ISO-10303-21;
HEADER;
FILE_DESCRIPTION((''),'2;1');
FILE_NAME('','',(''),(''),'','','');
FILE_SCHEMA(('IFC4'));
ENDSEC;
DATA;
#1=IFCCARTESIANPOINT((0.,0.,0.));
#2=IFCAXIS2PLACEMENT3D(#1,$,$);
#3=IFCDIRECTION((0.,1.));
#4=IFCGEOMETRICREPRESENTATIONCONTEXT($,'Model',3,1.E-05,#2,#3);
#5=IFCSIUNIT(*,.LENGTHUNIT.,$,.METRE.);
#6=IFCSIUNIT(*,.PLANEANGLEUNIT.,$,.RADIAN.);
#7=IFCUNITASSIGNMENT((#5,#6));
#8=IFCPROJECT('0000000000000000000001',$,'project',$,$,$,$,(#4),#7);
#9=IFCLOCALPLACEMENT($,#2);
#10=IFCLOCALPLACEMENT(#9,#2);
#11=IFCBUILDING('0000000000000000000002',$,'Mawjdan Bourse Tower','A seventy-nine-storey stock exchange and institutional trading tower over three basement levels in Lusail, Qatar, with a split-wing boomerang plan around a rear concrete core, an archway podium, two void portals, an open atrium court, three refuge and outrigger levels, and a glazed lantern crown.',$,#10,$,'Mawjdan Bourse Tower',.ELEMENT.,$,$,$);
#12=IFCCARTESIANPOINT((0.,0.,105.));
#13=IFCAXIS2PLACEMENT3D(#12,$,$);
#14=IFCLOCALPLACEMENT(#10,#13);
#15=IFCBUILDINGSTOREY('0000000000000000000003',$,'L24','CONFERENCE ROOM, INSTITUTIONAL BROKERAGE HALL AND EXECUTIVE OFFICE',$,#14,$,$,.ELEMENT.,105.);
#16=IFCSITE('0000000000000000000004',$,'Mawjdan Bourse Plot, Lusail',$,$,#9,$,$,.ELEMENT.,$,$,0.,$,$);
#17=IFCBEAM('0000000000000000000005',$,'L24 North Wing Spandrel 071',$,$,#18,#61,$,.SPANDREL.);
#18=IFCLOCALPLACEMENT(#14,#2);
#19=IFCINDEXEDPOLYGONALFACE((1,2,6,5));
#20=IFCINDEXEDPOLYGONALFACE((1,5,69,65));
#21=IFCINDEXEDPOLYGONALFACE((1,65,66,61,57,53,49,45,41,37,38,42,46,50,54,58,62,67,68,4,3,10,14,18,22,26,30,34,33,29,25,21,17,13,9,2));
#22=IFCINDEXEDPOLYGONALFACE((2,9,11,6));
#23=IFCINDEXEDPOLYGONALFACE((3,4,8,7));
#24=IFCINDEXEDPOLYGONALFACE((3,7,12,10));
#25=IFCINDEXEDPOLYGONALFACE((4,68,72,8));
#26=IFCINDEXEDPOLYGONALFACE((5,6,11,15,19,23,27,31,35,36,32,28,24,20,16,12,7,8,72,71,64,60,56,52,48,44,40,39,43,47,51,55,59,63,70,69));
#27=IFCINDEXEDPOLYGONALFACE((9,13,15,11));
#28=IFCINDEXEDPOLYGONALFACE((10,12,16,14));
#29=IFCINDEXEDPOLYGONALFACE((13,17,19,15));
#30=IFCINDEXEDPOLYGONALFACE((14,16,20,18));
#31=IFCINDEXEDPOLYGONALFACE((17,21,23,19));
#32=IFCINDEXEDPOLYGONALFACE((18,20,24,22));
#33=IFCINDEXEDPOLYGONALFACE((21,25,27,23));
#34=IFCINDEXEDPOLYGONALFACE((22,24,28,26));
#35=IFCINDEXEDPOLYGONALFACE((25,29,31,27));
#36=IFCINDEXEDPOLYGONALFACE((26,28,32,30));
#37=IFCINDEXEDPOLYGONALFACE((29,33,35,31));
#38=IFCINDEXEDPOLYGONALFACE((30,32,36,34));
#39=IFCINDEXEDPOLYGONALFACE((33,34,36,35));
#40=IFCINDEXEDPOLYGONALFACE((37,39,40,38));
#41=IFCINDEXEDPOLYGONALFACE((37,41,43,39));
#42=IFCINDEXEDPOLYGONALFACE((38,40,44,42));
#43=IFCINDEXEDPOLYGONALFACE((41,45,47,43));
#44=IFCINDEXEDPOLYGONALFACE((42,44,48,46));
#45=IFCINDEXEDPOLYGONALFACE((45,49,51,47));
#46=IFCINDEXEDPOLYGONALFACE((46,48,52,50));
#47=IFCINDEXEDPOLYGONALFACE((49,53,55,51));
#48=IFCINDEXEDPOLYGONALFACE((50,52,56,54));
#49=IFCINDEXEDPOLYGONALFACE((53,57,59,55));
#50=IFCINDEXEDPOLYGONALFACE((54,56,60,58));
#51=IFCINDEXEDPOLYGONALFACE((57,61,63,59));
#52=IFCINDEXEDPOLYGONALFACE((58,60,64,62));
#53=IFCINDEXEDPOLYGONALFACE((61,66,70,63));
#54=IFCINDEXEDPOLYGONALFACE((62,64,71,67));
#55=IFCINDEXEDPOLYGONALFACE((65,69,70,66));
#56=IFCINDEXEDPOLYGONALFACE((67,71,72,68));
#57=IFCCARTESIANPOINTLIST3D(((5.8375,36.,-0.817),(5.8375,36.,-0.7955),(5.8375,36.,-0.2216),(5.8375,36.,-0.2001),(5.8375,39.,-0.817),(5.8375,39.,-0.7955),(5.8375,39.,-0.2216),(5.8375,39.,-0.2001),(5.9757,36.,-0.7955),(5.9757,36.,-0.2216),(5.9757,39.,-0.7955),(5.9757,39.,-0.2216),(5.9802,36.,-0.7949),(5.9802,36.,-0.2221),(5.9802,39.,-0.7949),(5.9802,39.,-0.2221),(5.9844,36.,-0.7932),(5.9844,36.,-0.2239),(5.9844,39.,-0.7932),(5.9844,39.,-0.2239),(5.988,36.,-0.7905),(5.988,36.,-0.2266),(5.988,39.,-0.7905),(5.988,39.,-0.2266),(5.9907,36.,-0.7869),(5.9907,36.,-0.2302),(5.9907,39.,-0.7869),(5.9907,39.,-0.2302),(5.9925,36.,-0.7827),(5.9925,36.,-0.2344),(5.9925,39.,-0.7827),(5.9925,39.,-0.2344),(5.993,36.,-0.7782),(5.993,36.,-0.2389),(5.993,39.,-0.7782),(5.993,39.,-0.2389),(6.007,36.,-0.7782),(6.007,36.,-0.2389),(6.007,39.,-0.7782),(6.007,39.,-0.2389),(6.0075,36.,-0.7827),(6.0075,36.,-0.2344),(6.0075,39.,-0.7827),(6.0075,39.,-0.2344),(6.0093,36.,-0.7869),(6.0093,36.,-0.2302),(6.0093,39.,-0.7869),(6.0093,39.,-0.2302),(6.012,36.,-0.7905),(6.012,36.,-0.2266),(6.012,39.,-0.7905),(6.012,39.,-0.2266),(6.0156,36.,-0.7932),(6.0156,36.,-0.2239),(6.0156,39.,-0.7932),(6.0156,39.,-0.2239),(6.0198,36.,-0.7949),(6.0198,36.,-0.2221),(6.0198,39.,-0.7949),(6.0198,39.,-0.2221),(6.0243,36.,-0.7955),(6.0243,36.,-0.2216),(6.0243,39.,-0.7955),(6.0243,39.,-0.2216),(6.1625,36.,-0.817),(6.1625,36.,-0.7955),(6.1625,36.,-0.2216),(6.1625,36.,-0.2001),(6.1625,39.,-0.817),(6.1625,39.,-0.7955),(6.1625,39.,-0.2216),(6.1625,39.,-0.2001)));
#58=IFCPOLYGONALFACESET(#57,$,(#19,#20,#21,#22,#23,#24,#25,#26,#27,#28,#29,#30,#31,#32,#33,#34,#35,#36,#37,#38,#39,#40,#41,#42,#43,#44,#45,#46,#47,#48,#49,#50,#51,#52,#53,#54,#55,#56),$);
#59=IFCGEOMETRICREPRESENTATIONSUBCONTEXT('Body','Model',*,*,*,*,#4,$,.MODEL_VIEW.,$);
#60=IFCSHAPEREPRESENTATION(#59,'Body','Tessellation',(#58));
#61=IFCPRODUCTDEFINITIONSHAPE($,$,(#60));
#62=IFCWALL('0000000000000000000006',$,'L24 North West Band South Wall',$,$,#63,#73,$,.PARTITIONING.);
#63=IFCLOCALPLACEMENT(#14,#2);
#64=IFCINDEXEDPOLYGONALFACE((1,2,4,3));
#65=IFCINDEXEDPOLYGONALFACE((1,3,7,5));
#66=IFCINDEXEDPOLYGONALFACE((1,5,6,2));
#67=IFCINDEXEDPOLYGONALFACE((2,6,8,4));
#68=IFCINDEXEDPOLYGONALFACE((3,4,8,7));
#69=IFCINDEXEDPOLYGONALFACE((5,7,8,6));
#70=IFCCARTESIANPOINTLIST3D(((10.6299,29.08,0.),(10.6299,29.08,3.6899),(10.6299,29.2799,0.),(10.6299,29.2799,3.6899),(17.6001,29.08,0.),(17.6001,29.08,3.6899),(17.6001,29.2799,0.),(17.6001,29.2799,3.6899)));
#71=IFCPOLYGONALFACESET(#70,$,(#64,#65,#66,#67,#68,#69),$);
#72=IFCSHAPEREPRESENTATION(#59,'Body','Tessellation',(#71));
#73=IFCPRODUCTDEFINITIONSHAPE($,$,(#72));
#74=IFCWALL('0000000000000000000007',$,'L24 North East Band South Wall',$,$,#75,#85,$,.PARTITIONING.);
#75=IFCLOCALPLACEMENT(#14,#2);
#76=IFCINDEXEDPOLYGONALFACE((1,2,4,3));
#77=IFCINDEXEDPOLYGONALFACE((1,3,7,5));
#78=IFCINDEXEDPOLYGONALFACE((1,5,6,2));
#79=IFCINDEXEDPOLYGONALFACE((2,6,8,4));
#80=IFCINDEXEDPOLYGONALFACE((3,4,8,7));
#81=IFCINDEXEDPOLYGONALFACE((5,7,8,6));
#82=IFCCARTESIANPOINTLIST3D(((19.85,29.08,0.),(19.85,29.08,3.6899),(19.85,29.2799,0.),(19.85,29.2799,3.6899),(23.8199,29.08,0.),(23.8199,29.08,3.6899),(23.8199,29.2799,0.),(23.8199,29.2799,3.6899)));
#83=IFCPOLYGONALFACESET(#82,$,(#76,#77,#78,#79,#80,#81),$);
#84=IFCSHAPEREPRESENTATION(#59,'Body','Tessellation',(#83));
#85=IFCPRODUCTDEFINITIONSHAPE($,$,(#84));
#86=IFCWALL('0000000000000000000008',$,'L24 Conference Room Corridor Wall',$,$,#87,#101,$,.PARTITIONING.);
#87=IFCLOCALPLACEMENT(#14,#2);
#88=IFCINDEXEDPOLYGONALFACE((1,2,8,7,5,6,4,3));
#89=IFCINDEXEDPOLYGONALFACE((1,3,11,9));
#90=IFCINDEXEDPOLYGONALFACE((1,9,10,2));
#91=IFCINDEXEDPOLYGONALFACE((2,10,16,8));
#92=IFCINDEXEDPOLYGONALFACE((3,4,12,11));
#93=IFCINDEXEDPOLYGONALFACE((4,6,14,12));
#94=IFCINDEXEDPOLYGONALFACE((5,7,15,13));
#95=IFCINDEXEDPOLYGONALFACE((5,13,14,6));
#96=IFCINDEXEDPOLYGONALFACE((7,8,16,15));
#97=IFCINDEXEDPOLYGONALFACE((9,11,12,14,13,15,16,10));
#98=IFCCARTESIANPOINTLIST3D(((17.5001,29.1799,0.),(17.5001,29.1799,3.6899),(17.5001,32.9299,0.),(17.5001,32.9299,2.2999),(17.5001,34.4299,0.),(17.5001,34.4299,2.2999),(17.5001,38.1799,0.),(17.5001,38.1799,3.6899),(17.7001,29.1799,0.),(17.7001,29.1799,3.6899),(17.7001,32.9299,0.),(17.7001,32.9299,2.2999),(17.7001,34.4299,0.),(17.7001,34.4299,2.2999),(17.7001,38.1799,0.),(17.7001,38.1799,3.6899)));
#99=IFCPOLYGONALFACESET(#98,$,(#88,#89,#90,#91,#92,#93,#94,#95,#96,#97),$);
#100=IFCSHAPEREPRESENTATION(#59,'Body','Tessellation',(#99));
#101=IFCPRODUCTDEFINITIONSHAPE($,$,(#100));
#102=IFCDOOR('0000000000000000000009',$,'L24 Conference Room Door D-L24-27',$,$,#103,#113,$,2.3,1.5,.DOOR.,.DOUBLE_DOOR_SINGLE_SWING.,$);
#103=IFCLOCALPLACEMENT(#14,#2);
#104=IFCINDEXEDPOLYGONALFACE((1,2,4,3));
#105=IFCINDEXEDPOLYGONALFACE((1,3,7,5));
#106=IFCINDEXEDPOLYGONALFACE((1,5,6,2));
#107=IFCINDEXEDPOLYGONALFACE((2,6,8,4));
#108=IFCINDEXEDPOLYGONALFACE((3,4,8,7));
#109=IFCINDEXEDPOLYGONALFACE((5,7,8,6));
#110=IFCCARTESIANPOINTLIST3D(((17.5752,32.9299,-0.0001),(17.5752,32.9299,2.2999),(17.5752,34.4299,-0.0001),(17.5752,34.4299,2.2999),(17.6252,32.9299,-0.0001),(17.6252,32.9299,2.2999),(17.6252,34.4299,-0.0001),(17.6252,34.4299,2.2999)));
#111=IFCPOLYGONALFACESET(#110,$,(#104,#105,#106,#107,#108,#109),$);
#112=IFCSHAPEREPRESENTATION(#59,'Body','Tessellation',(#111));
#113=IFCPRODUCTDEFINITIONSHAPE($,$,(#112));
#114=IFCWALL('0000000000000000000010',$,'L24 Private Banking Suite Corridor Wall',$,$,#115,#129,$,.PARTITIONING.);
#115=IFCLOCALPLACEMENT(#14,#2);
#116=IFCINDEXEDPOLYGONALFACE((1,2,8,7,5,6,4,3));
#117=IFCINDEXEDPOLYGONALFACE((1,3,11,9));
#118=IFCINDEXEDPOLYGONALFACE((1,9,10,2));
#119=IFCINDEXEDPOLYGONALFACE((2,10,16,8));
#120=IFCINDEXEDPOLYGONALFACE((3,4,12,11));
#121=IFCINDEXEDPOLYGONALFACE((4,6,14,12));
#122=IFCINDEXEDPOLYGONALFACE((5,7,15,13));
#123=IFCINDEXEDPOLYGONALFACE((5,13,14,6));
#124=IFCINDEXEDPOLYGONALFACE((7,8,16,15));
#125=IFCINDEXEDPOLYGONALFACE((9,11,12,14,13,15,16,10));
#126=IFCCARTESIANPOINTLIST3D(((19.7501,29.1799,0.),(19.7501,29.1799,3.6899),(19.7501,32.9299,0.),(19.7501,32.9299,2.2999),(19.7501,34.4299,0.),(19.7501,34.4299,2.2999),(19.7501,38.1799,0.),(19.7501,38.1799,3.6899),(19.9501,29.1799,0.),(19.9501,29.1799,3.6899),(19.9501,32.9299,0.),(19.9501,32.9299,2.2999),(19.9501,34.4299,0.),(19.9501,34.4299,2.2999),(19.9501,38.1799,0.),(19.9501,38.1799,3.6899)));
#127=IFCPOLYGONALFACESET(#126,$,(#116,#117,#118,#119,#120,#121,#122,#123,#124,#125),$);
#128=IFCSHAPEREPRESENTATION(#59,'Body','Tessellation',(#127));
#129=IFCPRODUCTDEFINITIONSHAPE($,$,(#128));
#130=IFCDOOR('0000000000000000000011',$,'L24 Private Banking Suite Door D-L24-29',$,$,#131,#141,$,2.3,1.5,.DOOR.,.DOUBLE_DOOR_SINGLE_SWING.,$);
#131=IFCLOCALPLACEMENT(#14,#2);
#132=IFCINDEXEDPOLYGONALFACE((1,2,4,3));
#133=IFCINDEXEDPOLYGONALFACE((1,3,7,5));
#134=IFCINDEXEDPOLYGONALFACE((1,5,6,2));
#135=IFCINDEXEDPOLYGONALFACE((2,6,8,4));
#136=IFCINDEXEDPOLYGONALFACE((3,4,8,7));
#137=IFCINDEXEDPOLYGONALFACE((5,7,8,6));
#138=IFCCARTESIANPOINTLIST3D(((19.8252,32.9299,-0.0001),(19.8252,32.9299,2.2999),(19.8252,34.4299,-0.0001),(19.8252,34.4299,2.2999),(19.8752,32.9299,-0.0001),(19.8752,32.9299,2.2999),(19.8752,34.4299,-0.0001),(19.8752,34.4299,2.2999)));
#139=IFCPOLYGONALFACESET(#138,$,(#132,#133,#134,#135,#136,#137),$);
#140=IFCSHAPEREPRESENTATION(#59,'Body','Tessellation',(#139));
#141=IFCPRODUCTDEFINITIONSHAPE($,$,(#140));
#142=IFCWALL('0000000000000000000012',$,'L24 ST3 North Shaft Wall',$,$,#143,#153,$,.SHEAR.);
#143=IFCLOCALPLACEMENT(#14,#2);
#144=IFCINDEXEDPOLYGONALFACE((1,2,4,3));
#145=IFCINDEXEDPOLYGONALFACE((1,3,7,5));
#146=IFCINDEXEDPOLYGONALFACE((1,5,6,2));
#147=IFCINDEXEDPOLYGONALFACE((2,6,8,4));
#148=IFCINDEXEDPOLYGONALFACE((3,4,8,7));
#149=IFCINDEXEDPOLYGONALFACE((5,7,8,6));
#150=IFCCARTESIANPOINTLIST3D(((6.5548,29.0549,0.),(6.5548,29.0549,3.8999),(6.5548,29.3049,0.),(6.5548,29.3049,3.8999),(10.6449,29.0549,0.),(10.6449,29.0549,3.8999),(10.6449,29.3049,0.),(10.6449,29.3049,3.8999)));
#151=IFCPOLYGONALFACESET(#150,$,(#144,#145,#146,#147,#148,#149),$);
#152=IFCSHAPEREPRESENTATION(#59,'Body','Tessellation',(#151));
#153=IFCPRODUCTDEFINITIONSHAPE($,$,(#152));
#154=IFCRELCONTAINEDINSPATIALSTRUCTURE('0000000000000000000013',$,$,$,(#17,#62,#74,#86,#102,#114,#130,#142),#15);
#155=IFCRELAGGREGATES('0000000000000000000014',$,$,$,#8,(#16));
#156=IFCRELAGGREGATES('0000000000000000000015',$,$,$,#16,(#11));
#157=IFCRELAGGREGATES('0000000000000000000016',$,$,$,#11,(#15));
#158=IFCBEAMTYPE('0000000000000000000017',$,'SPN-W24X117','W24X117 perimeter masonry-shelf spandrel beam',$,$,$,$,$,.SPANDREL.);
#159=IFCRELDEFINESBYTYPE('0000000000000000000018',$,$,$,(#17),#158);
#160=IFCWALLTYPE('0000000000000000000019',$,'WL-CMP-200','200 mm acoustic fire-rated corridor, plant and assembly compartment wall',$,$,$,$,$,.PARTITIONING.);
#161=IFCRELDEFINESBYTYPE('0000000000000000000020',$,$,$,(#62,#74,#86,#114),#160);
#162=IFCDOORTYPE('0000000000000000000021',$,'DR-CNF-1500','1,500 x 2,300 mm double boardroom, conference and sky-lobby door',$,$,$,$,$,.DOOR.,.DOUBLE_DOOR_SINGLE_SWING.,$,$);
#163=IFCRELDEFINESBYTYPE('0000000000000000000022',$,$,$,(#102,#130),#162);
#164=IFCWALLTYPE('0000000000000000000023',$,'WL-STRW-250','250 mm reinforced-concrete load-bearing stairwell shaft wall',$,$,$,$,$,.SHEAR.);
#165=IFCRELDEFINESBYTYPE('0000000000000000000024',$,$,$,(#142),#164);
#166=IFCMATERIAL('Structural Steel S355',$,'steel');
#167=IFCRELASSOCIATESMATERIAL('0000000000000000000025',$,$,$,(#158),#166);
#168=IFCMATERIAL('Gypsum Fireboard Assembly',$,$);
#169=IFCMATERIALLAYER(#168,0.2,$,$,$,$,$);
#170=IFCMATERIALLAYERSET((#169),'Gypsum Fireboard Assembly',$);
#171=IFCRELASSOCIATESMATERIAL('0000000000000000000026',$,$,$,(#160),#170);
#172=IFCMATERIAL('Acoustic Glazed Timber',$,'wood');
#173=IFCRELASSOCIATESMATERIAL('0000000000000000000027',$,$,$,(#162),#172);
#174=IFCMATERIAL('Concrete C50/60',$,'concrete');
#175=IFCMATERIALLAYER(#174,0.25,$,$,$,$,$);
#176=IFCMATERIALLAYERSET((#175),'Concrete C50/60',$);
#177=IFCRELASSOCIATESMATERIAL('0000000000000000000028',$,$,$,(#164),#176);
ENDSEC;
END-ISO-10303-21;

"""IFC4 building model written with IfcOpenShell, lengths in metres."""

from ifc_helpers import new_model, si_unit, direction, frame, frame_2d, origin, origin_2d, place, context, subcontext, project, spatial, rectangle, i_section, extrude, material, layer, layer_set, material_profile, profile_set, type_object, element, fill, save


model = new_model("IFC4")

# Units and contexts
model_context = context("Model", 3, precision=1e-05, world=origin(), true_north=direction((0.0, 1.0)))
body_context = subcontext(model_context, "Body", "Model", "MODEL_VIEW")
ifc_project = project(units=[si_unit("LENGTHUNIT", "METRE"), si_unit("PLANEANGLEUNIT", "RADIAN")], contexts=[model_context])

# Site, building, storey
site_placement = place(None, origin())
site = spatial("IfcSite", under=ifc_project, at=site_placement, Name="Mawjdan Bourse Plot, Lusail", CompositionType="ELEMENT", RefElevation=0.0)
building_placement = place(site_placement, origin())
building = spatial("IfcBuilding", under=site, at=building_placement, Name="Mawjdan Bourse Tower", Description="A seventy-nine-storey stock exchange and institutional trading tower over three basement levels in Lusail, Qatar, with a split-wing boomerang plan around a rear concrete core, an archway podium, two void portals, an open atrium court, three refuge and outrigger levels, and a glazed lantern crown.", LongName="Mawjdan Bourse Tower", CompositionType="ELEMENT")
storey_placement = place(building_placement, frame((0.0, 0.0, 105.0)))
storey = spatial("IfcBuildingStorey", under=building, at=storey_placement, Name="L24", Description="CONFERENCE ROOM, INSTITUTIONAL BROKERAGE HALL AND EXECUTIVE OFFICE", CompositionType="ELEMENT", Elevation=105.0)

# Beam
ifc_material_1 = material(Name="Structural Steel S355", Category="steel")
ifc_material_profile_1 = material_profile(ifc_material_1, i_section(OverallWidth=0.325, OverallDepth=0.6169, WebThickness=0.0139, FlangeThickness=0.0215, FilletRadius=0.0173, at=origin_2d()), Name="W24X117")
ifc_profile_set_1 = profile_set([ifc_material_profile_1], Name="Structural Steel S355")
beam_type_1 = type_object("IfcBeamType", Name="SPN-W24X117", Description="W24X117 perimeter masonry-shelf spandrel beam", PredefinedType="SPANDREL", material=ifc_profile_set_1)
beam_1_placement = place(storey_placement, frame((6.0, 36.0, -0.5085), z_axis=(0.0, 1.0, 0.0), x_axis=(-1.0, 0.0, 0.0)))
element("IfcBeam", 1, at=beam_1_placement, inside=storey, type_object=beam_type_1, Name="L24 North Wing Spandrel 071", PredefinedType="SPANDREL", context=body_context, shape_type="SweptSolid", body=[
    extrude(i_section(OverallWidth=0.325, OverallDepth=0.6169, WebThickness=0.0139, FlangeThickness=0.0215, FilletRadius=0.0173, at=origin_2d()), origin(), (0.0, 0.0, 1.0), 3.0),
])

# Walls
ifc_material_2 = material(Name="Gypsum Fireboard Assembly")
ifc_layer_1 = layer(ifc_material_2, 0.2)
ifc_layer_set_1 = layer_set([ifc_layer_1], Name="Gypsum Fireboard Assembly")
wall_type_1 = type_object("IfcWallType", Name="WL-CMP-200", Description="200 mm acoustic fire-rated corridor, plant and assembly compartment wall", PredefinedType="PARTITIONING", material=ifc_layer_set_1)
wall_1_placement = place(storey_placement, frame((10.6299, 29.1799, 0.0), z_axis=(0.0, 0.0, 1.0), x_axis=(1.0, 0.0, 0.0)))
element("IfcWall", 2, at=wall_1_placement, inside=storey, type_object=wall_type_1, Name="L24 North West Band South Wall", PredefinedType="PARTITIONING", context=body_context, shape_type="SweptSolid", body=[
    extrude(rectangle(XDim=6.9702, YDim=0.2, at=frame_2d((3.4851, 0.0))), origin(), (0.0, 0.0, 1.0), 3.6899),
])
wall_2_placement = place(storey_placement, frame((19.8501, 29.1799, 0.0), z_axis=(0.0, 0.0, 1.0), x_axis=(1.0, 0.0, 0.0)))
element("IfcWall", 3, at=wall_2_placement, inside=storey, type_object=wall_type_1, Name="L24 North East Band South Wall", PredefinedType="PARTITIONING", context=body_context, shape_type="SweptSolid", body=[
    extrude(rectangle(XDim=3.97, YDim=0.2, at=frame_2d((1.9849, 0.0))), origin(), (0.0, 0.0, 1.0), 3.6899),
])

# Walls, openings, doors
wall_3_placement = place(storey_placement, frame((17.6001, 29.1799, 0.0), z_axis=(0.0, 0.0, 1.0), x_axis=(0.0, 1.0, 0.0)))
wall_3 = element("IfcWall", 4, at=wall_3_placement, inside=storey, type_object=wall_type_1, Name="L24 Conference Room Corridor Wall", PredefinedType="PARTITIONING", context=body_context, shape_type="SweptSolid", body=[
    extrude(rectangle(XDim=9.0, YDim=0.2, at=frame_2d((4.5, 0.0))), origin(), (0.0, 0.0, 1.0), 3.6899),
])
opening_1_placement = place(wall_3_placement, frame((3.75, 0.0, 0.0)))
opening_1 = element("IfcOpeningElement", 5, at=opening_1_placement, cuts=wall_3, PredefinedType="OPENING", context=body_context, shape_type="SweptSolid", body=[
    extrude(rectangle(XDim=1.5, YDim=2.3, at=frame_2d((0.75, 1.1499))), frame((0.0, 0.1099, 0.0), z_axis=(0.0, -1.0, 0.0), x_axis=(1.0, 0.0, 0.0)), (0.0, 0.0, 1.0), 0.22),
])
ifc_material_3 = material(Name="Acoustic Glazed Timber", Category="wood")
door_type = type_object("IfcDoorType", Name="DR-CNF-1500", Description="1,500 x 2,300 mm double boardroom, conference and sky-lobby door", OperationType="DOUBLE_DOOR_SINGLE_SWING", PredefinedType="DOOR", material=ifc_material_3)
door_1_placement = place(opening_1_placement, origin())
door_1 = element("IfcDoor", 6, at=door_1_placement, inside=storey, type_object=door_type, Name="L24 Conference Room Door D-L24-27", OperationType="DOUBLE_DOOR_SINGLE_SWING", OverallHeight=2.3, OverallWidth=1.5, PredefinedType="DOOR", context=body_context, shape_type="SweptSolid", body=[
    extrude(rectangle(XDim=1.5, YDim=2.3, at=frame_2d((0.75, 1.1499))), frame((0.0, 0.0249, 0.0), z_axis=(0.0, -1.0, 0.0), x_axis=(1.0, 0.0, 0.0)), (0.0, 0.0, 1.0), 0.05),
])
fill(opening_1, door_1)
wall_4_placement = place(storey_placement, frame((19.8501, 29.1799, 0.0), z_axis=(0.0, 0.0, 1.0), x_axis=(0.0, 1.0, 0.0)))
wall_4 = element("IfcWall", 7, at=wall_4_placement, inside=storey, type_object=wall_type_1, Name="L24 Private Banking Suite Corridor Wall", PredefinedType="PARTITIONING", context=body_context, shape_type="SweptSolid", body=[
    extrude(rectangle(XDim=9.0, YDim=0.2, at=frame_2d((4.5, 0.0))), origin(), (0.0, 0.0, 1.0), 3.6899),
])
opening_2_placement = place(wall_4_placement, frame((3.75, 0.0, 0.0)))
opening_2 = element("IfcOpeningElement", 8, at=opening_2_placement, cuts=wall_4, PredefinedType="OPENING", context=body_context, shape_type="SweptSolid", body=[
    extrude(rectangle(XDim=1.5, YDim=2.3, at=frame_2d((0.75, 1.1499))), frame((0.0, 0.1099, 0.0), z_axis=(0.0, -1.0, 0.0), x_axis=(1.0, 0.0, 0.0)), (0.0, 0.0, 1.0), 0.22),
])
door_2_placement = place(opening_2_placement, origin())
door_2 = element("IfcDoor", 9, at=door_2_placement, inside=storey, type_object=door_type, Name="L24 Private Banking Suite Door D-L24-29", OperationType="DOUBLE_DOOR_SINGLE_SWING", OverallHeight=2.3, OverallWidth=1.5, PredefinedType="DOOR", context=body_context, shape_type="SweptSolid", body=[
    extrude(rectangle(XDim=1.5, YDim=2.3, at=frame_2d((0.75, 1.1499))), frame((0.0, 0.0249, 0.0), z_axis=(0.0, -1.0, 0.0), x_axis=(1.0, 0.0, 0.0)), (0.0, 0.0, 1.0), 0.05),
])
fill(opening_2, door_2)

# Wall
ifc_material_4 = material(Name="Concrete C50/60", Category="concrete")
ifc_layer_2 = layer(ifc_material_4, 0.25)
ifc_layer_set_2 = layer_set([ifc_layer_2], Name="Concrete C50/60")
wall_type_2 = type_object("IfcWallType", Name="WL-STRW-250", Description="250 mm reinforced-concrete load-bearing stairwell shaft wall", PredefinedType="SHEAR", material=ifc_layer_set_2)
wall_5_placement = place(storey_placement, frame((6.5549, 29.1799, 0.0), z_axis=(0.0, 0.0, 1.0), x_axis=(1.0, 0.0, 0.0)))
element("IfcWall", 10, at=wall_5_placement, inside=storey, type_object=wall_type_2, Name="L24 ST3 North Shaft Wall", PredefinedType="SHEAR", context=body_context, shape_type="SweptSolid", body=[
    extrude(rectangle(XDim=4.0901, YDim=0.25, at=frame_2d((2.0449, 0.0))), origin(), (0.0, 0.0, 1.0), 3.8999),
])

save(model, "model.ifc")
